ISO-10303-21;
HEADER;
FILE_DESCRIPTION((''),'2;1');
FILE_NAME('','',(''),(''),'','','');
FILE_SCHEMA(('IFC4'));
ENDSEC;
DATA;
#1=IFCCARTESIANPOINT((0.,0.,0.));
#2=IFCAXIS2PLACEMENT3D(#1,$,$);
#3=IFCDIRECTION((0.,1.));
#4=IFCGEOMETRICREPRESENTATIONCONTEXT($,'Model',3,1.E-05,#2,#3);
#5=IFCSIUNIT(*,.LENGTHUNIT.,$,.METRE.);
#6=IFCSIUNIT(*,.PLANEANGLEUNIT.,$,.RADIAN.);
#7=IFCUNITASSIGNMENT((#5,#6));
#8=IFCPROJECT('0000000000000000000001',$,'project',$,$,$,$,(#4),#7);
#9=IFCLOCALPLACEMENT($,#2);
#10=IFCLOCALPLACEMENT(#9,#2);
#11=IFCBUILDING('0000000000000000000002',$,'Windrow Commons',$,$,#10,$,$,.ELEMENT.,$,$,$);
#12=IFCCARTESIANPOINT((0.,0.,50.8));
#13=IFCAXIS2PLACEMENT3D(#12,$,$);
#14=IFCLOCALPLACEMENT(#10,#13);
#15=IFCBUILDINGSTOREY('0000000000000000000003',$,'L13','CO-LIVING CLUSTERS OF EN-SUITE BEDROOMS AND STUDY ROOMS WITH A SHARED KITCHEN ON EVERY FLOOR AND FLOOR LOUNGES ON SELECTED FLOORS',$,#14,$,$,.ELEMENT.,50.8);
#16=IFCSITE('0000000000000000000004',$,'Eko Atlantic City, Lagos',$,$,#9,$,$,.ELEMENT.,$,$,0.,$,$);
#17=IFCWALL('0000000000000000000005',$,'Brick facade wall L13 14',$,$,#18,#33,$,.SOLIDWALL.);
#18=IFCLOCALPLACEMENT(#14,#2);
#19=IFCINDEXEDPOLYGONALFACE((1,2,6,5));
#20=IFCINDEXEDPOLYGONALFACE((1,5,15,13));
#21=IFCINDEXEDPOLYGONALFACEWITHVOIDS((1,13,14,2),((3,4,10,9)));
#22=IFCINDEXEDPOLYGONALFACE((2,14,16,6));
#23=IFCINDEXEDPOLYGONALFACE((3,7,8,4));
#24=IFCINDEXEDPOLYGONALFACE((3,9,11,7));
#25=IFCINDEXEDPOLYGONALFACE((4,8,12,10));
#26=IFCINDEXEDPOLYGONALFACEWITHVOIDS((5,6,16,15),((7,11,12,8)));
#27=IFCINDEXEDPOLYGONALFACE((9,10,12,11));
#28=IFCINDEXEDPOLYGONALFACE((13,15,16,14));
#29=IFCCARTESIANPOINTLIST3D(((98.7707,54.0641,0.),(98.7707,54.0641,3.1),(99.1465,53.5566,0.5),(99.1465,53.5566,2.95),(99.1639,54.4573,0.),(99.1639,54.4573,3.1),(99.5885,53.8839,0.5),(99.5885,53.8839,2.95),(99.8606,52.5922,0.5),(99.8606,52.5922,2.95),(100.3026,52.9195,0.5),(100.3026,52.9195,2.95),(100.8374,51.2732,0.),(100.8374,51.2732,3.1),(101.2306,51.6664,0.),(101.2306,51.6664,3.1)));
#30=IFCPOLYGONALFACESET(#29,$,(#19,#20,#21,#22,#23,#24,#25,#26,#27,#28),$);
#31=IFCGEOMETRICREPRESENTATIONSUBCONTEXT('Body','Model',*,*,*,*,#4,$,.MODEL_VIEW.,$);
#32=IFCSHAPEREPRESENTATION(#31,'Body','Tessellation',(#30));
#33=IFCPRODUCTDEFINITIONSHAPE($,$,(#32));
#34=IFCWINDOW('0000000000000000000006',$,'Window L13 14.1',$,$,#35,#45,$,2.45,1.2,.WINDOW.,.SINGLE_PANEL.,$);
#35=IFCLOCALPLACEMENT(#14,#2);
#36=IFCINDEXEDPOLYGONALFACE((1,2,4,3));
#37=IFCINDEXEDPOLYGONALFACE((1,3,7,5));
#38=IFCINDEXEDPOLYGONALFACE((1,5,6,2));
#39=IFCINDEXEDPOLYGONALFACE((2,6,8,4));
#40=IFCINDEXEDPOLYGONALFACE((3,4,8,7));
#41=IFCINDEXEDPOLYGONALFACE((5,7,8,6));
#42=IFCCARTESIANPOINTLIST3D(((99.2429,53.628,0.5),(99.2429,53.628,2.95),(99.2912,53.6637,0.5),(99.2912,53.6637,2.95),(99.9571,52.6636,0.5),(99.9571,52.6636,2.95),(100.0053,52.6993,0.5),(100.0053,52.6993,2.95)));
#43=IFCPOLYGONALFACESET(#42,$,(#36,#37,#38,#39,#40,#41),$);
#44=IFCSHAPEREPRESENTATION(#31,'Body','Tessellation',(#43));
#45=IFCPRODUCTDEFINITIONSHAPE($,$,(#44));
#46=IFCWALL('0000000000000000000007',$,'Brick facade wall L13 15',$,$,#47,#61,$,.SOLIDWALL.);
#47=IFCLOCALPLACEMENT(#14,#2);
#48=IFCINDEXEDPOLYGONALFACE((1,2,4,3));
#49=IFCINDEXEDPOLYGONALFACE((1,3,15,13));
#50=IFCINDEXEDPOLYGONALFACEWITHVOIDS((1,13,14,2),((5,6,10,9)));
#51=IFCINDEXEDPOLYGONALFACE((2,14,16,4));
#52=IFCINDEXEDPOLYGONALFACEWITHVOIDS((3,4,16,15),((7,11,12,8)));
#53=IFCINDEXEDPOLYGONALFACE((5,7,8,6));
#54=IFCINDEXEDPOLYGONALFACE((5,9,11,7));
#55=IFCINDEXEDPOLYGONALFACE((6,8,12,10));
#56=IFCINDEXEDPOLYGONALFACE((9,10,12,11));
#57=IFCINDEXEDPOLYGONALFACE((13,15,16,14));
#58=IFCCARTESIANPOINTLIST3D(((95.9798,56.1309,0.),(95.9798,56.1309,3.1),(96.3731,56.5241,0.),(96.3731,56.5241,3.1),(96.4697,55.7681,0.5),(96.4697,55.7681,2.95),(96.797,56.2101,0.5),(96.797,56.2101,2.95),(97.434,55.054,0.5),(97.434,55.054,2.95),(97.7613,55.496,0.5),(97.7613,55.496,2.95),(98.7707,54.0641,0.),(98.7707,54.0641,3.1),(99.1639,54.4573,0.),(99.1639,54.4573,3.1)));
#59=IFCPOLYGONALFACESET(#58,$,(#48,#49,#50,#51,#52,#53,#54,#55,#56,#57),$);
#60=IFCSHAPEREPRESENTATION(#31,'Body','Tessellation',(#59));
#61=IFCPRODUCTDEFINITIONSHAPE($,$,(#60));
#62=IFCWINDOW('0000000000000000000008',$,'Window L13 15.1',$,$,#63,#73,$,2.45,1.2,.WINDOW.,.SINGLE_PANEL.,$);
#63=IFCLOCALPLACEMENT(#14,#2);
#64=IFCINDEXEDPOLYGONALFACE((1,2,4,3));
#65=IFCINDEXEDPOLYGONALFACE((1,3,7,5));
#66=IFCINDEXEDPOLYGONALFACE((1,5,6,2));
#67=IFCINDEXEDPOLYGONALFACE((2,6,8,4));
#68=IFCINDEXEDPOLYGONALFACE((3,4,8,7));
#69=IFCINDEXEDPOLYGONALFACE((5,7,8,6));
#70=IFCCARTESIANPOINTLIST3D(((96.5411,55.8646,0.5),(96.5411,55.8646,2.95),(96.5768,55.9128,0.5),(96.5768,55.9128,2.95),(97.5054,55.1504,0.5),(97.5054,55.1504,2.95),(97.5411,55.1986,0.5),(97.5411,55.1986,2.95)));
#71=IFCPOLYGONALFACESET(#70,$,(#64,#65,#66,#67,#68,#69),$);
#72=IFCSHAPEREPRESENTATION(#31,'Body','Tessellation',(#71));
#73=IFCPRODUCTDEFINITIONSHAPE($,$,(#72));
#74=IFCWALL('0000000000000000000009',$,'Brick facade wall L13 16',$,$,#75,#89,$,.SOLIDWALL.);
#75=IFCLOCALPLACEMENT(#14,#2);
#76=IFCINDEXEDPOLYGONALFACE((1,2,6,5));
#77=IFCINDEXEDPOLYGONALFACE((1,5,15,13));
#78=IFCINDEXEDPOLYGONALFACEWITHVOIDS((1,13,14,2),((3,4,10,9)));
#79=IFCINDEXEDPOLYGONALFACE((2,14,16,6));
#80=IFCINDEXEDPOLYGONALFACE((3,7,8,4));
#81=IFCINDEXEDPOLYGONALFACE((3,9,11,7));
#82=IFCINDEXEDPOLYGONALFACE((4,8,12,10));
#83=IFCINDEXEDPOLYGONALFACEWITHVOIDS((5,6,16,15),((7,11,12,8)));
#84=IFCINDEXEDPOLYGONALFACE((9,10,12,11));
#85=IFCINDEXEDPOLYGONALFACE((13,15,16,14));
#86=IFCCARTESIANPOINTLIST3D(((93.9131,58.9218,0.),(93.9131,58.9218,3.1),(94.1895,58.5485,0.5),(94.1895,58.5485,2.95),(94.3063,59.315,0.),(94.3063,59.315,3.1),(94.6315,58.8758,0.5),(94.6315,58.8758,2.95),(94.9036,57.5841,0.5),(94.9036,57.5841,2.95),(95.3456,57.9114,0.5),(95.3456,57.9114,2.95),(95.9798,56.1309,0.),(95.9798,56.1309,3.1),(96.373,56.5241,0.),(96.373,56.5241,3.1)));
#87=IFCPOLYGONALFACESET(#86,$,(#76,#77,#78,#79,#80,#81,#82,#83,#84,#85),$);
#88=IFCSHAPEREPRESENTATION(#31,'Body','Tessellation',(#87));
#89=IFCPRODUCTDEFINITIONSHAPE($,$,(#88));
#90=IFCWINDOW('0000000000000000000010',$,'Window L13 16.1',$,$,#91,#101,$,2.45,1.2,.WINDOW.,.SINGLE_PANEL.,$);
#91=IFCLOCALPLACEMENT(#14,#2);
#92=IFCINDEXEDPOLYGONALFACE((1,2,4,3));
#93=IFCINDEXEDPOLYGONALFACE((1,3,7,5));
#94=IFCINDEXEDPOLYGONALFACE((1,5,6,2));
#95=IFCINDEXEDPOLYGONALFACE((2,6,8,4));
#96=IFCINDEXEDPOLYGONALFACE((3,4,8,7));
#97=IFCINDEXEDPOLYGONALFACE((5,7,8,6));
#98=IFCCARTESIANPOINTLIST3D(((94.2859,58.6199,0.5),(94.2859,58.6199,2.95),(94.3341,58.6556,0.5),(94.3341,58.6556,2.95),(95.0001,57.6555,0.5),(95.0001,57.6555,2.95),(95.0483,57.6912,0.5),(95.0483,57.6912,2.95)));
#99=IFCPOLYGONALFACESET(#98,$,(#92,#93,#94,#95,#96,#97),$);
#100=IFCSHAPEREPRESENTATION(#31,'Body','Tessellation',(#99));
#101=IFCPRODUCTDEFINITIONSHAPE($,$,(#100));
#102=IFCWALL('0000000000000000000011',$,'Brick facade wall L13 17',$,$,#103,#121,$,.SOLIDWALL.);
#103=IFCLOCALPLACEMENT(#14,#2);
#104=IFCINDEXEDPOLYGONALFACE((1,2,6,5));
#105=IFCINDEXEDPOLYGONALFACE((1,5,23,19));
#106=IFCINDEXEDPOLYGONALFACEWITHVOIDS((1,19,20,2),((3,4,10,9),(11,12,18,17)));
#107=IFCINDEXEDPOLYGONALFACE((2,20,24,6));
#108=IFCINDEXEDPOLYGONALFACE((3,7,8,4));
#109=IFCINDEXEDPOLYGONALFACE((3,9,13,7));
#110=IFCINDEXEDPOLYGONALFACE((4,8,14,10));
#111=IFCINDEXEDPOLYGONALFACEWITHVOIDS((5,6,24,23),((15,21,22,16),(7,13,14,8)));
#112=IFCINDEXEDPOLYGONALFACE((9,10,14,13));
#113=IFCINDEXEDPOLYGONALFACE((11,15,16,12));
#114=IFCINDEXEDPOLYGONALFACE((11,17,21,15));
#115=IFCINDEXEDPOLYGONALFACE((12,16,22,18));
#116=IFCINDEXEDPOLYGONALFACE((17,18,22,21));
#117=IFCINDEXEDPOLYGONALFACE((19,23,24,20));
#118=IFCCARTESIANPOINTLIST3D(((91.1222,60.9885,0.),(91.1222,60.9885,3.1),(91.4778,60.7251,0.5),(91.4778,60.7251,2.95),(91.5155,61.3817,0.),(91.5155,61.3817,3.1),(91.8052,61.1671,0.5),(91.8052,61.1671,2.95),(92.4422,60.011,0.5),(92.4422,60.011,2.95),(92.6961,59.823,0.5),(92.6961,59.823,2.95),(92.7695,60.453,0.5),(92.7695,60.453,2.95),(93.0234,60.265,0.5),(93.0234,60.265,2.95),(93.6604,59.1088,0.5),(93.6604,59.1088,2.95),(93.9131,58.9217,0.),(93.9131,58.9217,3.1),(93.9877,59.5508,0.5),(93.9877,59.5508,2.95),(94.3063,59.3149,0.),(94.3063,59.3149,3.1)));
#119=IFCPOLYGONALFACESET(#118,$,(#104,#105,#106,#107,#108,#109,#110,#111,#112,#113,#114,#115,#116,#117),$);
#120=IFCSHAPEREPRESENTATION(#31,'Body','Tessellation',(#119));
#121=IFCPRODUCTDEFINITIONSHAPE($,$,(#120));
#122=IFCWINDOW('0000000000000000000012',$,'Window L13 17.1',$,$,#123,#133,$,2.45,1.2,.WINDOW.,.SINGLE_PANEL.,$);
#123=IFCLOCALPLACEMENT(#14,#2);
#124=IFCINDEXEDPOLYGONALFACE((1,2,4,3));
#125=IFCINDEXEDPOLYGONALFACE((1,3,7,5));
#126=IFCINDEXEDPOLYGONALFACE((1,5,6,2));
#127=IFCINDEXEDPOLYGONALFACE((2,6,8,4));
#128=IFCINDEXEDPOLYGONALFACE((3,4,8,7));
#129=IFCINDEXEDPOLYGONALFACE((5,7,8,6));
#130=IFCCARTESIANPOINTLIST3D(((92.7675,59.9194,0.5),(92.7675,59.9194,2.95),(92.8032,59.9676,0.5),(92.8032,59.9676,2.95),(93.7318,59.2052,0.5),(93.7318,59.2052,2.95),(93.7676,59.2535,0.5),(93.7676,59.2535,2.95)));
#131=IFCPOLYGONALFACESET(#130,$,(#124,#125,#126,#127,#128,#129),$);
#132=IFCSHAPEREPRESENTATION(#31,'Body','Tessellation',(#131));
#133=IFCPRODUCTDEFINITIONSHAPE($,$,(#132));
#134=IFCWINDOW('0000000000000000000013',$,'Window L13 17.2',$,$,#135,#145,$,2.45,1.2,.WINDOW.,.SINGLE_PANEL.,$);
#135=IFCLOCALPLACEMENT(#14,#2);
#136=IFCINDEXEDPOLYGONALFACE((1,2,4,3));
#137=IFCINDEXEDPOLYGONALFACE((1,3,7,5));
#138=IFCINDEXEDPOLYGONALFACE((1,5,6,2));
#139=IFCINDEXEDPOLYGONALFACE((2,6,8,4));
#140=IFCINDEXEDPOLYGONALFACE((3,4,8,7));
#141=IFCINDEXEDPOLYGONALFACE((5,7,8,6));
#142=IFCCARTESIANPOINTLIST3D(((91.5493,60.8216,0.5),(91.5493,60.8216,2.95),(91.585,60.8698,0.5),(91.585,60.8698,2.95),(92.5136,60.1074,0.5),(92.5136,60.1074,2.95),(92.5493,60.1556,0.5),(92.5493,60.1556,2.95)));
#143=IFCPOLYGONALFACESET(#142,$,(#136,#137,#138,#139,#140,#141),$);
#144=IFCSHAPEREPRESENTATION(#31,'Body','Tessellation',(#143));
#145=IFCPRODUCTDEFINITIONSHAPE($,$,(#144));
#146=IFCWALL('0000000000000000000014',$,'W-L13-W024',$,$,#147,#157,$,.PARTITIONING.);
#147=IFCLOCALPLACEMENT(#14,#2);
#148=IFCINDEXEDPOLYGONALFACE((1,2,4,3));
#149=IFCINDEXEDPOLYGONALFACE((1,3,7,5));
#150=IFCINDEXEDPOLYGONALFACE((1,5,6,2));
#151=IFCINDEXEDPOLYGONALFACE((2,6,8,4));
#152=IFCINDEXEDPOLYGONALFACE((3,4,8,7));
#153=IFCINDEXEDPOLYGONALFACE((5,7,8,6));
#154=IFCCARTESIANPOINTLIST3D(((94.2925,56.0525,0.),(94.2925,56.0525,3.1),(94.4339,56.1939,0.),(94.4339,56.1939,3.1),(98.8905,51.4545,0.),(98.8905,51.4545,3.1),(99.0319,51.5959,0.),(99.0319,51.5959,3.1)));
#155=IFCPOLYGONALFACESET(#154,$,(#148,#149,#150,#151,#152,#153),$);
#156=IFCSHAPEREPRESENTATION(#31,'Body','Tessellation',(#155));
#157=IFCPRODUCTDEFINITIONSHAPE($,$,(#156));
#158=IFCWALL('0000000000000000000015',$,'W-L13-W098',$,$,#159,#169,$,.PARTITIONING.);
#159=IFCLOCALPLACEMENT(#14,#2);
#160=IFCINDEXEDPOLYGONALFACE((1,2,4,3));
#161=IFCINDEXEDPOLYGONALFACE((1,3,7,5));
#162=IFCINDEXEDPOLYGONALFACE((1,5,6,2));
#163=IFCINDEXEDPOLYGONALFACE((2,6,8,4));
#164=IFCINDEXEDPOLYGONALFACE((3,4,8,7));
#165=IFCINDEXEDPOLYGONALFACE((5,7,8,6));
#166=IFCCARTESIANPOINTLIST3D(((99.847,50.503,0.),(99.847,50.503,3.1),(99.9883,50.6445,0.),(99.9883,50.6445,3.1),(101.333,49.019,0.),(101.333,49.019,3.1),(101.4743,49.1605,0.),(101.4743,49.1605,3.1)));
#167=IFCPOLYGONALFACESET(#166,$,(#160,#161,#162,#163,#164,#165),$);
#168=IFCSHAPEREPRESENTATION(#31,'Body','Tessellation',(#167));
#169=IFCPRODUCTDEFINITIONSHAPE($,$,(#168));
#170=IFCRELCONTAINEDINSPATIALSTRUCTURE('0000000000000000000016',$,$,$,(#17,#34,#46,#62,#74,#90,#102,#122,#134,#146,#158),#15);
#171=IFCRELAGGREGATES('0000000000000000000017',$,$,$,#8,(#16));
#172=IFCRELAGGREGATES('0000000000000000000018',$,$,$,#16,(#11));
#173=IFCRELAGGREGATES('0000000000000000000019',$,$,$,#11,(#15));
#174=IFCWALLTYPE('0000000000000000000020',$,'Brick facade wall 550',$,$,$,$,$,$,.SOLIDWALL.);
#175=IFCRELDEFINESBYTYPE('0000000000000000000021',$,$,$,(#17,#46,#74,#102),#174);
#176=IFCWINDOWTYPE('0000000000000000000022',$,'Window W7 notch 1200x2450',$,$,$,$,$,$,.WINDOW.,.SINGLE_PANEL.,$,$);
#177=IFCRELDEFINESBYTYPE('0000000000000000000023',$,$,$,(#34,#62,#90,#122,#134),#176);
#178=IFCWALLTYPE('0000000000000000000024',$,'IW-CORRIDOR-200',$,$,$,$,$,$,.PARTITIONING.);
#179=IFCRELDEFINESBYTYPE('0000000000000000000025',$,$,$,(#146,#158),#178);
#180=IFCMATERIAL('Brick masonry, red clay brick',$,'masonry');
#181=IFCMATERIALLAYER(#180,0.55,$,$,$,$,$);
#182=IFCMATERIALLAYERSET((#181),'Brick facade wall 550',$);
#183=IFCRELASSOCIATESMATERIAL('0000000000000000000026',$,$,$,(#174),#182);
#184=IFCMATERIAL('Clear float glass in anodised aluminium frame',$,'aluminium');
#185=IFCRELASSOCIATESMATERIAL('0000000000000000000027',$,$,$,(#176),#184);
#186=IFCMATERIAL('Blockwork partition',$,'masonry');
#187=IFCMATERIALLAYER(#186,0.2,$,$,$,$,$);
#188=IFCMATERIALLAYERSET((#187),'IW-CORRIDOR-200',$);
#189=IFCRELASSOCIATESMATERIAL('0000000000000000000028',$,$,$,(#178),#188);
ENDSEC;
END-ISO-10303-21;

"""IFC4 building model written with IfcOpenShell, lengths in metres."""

from ifc_helpers import new_model, si_unit, direction, frame, frame_2d, origin, place, context, subcontext, project, spatial, polyline, rectangle, outline, extrude, material, layer, layer_set, type_object, element, fill, save


model = new_model("IFC4")

# Units and contexts
model_context = context("Model", 3, precision=1e-05, world=origin(), true_north=direction((0.0, 1.0)))
body_context = subcontext(model_context, "Body", "Model", "MODEL_VIEW")
ifc_project = project(units=[si_unit("LENGTHUNIT", "METRE"), si_unit("PLANEANGLEUNIT", "RADIAN")], contexts=[model_context])

# Site, building, storey
site_placement = place(None, origin())
site = spatial("IfcSite", under=ifc_project, at=site_placement, Name="Eko Atlantic City, Lagos", CompositionType="ELEMENT", RefElevation=0.0)
building_placement = place(site_placement, origin())
building = spatial("IfcBuilding", under=site, at=building_placement, Name="Windrow Commons", CompositionType="ELEMENT")
storey_placement = place(building_placement, frame((0.0, 0.0, 50.8)))
storey = spatial("IfcBuildingStorey", under=building, at=storey_placement, Name="L13", Description="CO-LIVING CLUSTERS OF EN-SUITE BEDROOMS AND STUDY ROOMS WITH A SHARED KITCHEN ON EVERY FLOOR AND FLOOR LOUNGES ON SELECTED FLOORS", CompositionType="ELEMENT", Elevation=50.8)

# Walls, openings, windows
ifc_material_1 = material(Name="Brick masonry, red clay brick", Category="masonry")
ifc_layer_1 = layer(ifc_material_1, 0.55)
ifc_layer_set_1 = layer_set([ifc_layer_1], Name="Brick facade wall 550")
wall_type_1 = type_object("IfcWallType", Name="Brick facade wall 550", PredefinedType="SOLIDWALL", material=ifc_layer_set_1)
ifc_material_2 = material(Name="Clear float glass in anodised aluminium frame", Category="aluminium")
window_type = type_object("IfcWindowType", Name="Window W7 notch 1200x2450", PartitioningType="SINGLE_PANEL", PredefinedType="WINDOW", material=ifc_material_2)
wall_1_placement = place(storey_placement, frame((101.034, 51.4698, 0.0), z_axis=(0.0, 0.0, 1.0), x_axis=(-0.59511, 0.803644, 0.0)))
wall_1 = element("IfcWall", 1, at=wall_1_placement, inside=storey, type_object=wall_type_1, Name="Brick facade wall L13 14", PredefinedType="SOLIDWALL", context=body_context, shape_type="SweptSolid", body=[
    extrude(outline(polyline([(0.041, -0.275), (3.5138, -0.275), (3.4318, 0.275), (-0.041, 0.275), (0.041, -0.275)])), origin(), (0.0, 0.0, 1.0), 3.1),
])
opening_1_placement = place(wall_1_placement, frame((1.6003, 0.0, 0.5)))
opening_1 = element("IfcOpeningElement", 2, at=opening_1_placement, cuts=wall_1, PredefinedType="OPENING", context=body_context, shape_type="SweptSolid", body=[
    extrude(rectangle(XDim=1.2, YDim=2.45, at=frame_2d((0.6, 1.225))), frame((0.0, 0.285, 0.0), z_axis=(0.0, -1.0, 0.0), x_axis=(1.0, 0.0, 0.0)), (0.0, 0.0, 1.0), 0.57),
])
window_1_placement = place(opening_1_placement, origin())
window_1 = element("IfcWindow", 3, at=window_1_placement, inside=storey, type_object=window_type, Name="Window L13 14.1", OverallHeight=2.45, OverallWidth=1.2, PartitioningType="SINGLE_PANEL", PredefinedType="WINDOW", context=body_context, shape_type="SweptSolid", body=[
    extrude(rectangle(XDim=1.2, YDim=2.45, at=frame_2d((0.6, 1.225))), frame((0.0, 0.155, 0.0), z_axis=(0.0, -1.0, 0.0), x_axis=(1.0, 0.0, 0.0)), (0.0, 0.0, 1.0), 0.06),
])
fill(opening_1, window_1)
wall_2_placement = place(storey_placement, frame((98.9673, 54.2607, 0.0), z_axis=(0.0, 0.0, 1.0), x_axis=(-0.803631, 0.595128, 0.0)))
wall_2 = element("IfcWall", 4, at=wall_2_placement, inside=storey, type_object=wall_type_1, Name="Brick facade wall L13 15", PredefinedType="SOLIDWALL", context=body_context, shape_type="SweptSolid", body=[
    extrude(outline(polyline([(-0.041, -0.275), (3.4318, -0.275), (3.5138, 0.275), (0.041, 0.275), (-0.041, -0.275)])), origin(), (0.0, 0.0, 1.0), 3.1),
])
opening_2_placement = place(wall_2_placement, frame((1.7043, 0.0, 0.5)))
opening_2 = element("IfcOpeningElement", 5, at=opening_2_placement, cuts=wall_2, PredefinedType="OPENING", context=body_context, shape_type="SweptSolid", body=[
    extrude(rectangle(XDim=1.2, YDim=2.45, at=frame_2d((0.6, 1.225))), frame((0.0, 0.285, 0.0), z_axis=(0.0, -1.0, 0.0), x_axis=(1.0, 0.0, 0.0)), (0.0, 0.0, 1.0), 0.57),
])
window_2_placement = place(opening_2_placement, origin())
window_2 = element("IfcWindow", 6, at=window_2_placement, inside=storey, type_object=window_type, Name="Window L13 15.1", OverallHeight=2.45, OverallWidth=1.2, PartitioningType="SINGLE_PANEL", PredefinedType="WINDOW", context=body_context, shape_type="SweptSolid", body=[
    extrude(rectangle(XDim=1.2, YDim=2.45, at=frame_2d((0.6, 1.225))), frame((0.0, 0.155, 0.0), z_axis=(0.0, -1.0, 0.0), x_axis=(1.0, 0.0, 0.0)), (0.0, 0.0, 1.0), 0.06),
])
fill(opening_2, window_2)
wall_3_placement = place(storey_placement, frame((96.1764, 56.3275, 0.0), z_axis=(0.0, 0.0, 1.0), x_axis=(-0.595124, 0.803634, 0.0)))
wall_3 = element("IfcWall", 7, at=wall_3_placement, inside=storey, type_object=wall_type_1, Name="Brick facade wall L13 16", PredefinedType="SOLIDWALL", context=body_context, shape_type="SweptSolid", body=[
    extrude(outline(polyline([(0.041, -0.275), (3.5138, -0.275), (3.4318, 0.275), (-0.041, 0.275), (0.041, -0.275)])), origin(), (0.0, 0.0, 1.0), 3.1),
])
opening_3_placement = place(wall_3_placement, frame((1.7673, 0.0, 0.5)))
opening_3 = element("IfcOpeningElement", 8, at=opening_3_placement, cuts=wall_3, PredefinedType="OPENING", context=body_context, shape_type="SweptSolid", body=[
    extrude(rectangle(XDim=1.2, YDim=2.45, at=frame_2d((0.6, 1.225))), frame((0.0, 0.285, 0.0), z_axis=(0.0, -1.0, 0.0), x_axis=(1.0, 0.0, 0.0)), (0.0, 0.0, 1.0), 0.57),
])
window_3_placement = place(opening_3_placement, origin())
window_3 = element("IfcWindow", 9, at=window_3_placement, inside=storey, type_object=window_type, Name="Window L13 16.1", OverallHeight=2.45, OverallWidth=1.2, PartitioningType="SINGLE_PANEL", PredefinedType="WINDOW", context=body_context, shape_type="SweptSolid", body=[
    extrude(rectangle(XDim=1.2, YDim=2.45, at=frame_2d((0.6, 1.225))), frame((0.0, 0.155, 0.0), z_axis=(0.0, -1.0, 0.0), x_axis=(1.0, 0.0, 0.0)), (0.0, 0.0, 1.0), 0.06),
])
fill(opening_3, window_3)

# Wall, openings, windows
wall_4_placement = place(storey_placement, frame((94.1097, 59.1183, 0.0), z_axis=(0.0, 0.0, 1.0), x_axis=(-0.803631, 0.595128, 0.0)))
wall_4 = element("IfcWall", 10, at=wall_4_placement, inside=storey, type_object=wall_type_1, Name="Brick facade wall L13 17", PredefinedType="SOLIDWALL", context=body_context, shape_type="SweptSolid", body=[
    extrude(outline(polyline([(-0.041, -0.275), (3.4318, -0.275), (3.5138, 0.275), (0.041, 0.275), (-0.041, -0.275)])), origin(), (0.0, 0.0, 1.0), 3.1),
])
opening_4_placement = place(wall_4_placement, frame((0.3554, 0.0, 0.5)))
opening_4 = element("IfcOpeningElement", 11, at=opening_4_placement, cuts=wall_4, PredefinedType="OPENING", context=body_context, shape_type="SweptSolid", body=[
    extrude(rectangle(XDim=1.2, YDim=2.45, at=frame_2d((0.6, 1.225))), frame((0.0, 0.285, 0.0), z_axis=(0.0, -1.0, 0.0), x_axis=(1.0, 0.0, 0.0)), (0.0, 0.0, 1.0), 0.57),
])
opening_5_placement = place(wall_4_placement, frame((1.8713, 0.0, 0.5)))
opening_5 = element("IfcOpeningElement", 12, at=opening_5_placement, cuts=wall_4, PredefinedType="OPENING", context=body_context, shape_type="SweptSolid", body=[
    extrude(rectangle(XDim=1.2, YDim=2.45, at=frame_2d((0.6, 1.225))), frame((0.0, 0.285, 0.0), z_axis=(0.0, -1.0, 0.0), x_axis=(1.0, 0.0, 0.0)), (0.0, 0.0, 1.0), 0.57),
])
window_4_placement = place(opening_4_placement, origin())
window_4 = element("IfcWindow", 13, at=window_4_placement, inside=storey, type_object=window_type, Name="Window L13 17.1", OverallHeight=2.45, OverallWidth=1.2, PartitioningType="SINGLE_PANEL", PredefinedType="WINDOW", context=body_context, shape_type="SweptSolid", body=[
    extrude(rectangle(XDim=1.2, YDim=2.45, at=frame_2d((0.6, 1.225))), frame((0.0, 0.155, 0.0), z_axis=(0.0, -1.0, 0.0), x_axis=(1.0, 0.0, 0.0)), (0.0, 0.0, 1.0), 0.06),
])
fill(opening_4, window_4)
window_5_placement = place(opening_5_placement, origin())
window_5 = element("IfcWindow", 14, at=window_5_placement, inside=storey, type_object=window_type, Name="Window L13 17.2", OverallHeight=2.45, OverallWidth=1.2, PartitioningType="SINGLE_PANEL", PredefinedType="WINDOW", context=body_context, shape_type="SweptSolid", body=[
    extrude(rectangle(XDim=1.2, YDim=2.45, at=frame_2d((0.6, 1.225))), frame((0.0, 0.155, 0.0), z_axis=(0.0, -1.0, 0.0), x_axis=(1.0, 0.0, 0.0)), (0.0, 0.0, 1.0), 0.06),
])
fill(opening_5, window_5)

# Walls
ifc_material_3 = material(Name="Blockwork partition", Category="masonry")
ifc_layer_2 = layer(ifc_material_3, 0.2)
ifc_layer_set_2 = layer_set([ifc_layer_2], Name="IW-CORRIDOR-200")
wall_type_2 = type_object("IfcWallType", Name="IW-CORRIDOR-200", PredefinedType="PARTITIONING", material=ifc_layer_set_2)
wall_5_placement = place(storey_placement, frame((94.3632, 56.1232, 0.0), z_axis=(0.0, 0.0, 1.0), x_axis=(0.707107, -0.707107, 0.0)))
element("IfcWall", 15, at=wall_5_placement, inside=storey, type_object=wall_type_2, Name="W-L13-W024", PredefinedType="PARTITIONING", context=body_context, shape_type="SweptSolid", body=[
    extrude(rectangle(XDim=6.5026, YDim=0.2, at=frame_2d((3.2513, 0.0))), origin(), (0.0, 0.0, 1.0), 3.1),
])
wall_6_placement = place(storey_placement, frame((99.9177, 50.5737, 0.0), z_axis=(0.0, 0.0, 1.0), x_axis=(0.707583, -0.70663, 0.0)))
element("IfcWall", 16, at=wall_6_placement, inside=storey, type_object=wall_type_2, Name="W-L13-W098", PredefinedType="PARTITIONING", context=body_context, shape_type="SweptSolid", body=[
    extrude(rectangle(XDim=2.1001, YDim=0.2, at=frame_2d((1.05, 0.0))), origin(), (0.0, 0.0, 1.0), 3.1),
])

save(model, "model.ifc")
